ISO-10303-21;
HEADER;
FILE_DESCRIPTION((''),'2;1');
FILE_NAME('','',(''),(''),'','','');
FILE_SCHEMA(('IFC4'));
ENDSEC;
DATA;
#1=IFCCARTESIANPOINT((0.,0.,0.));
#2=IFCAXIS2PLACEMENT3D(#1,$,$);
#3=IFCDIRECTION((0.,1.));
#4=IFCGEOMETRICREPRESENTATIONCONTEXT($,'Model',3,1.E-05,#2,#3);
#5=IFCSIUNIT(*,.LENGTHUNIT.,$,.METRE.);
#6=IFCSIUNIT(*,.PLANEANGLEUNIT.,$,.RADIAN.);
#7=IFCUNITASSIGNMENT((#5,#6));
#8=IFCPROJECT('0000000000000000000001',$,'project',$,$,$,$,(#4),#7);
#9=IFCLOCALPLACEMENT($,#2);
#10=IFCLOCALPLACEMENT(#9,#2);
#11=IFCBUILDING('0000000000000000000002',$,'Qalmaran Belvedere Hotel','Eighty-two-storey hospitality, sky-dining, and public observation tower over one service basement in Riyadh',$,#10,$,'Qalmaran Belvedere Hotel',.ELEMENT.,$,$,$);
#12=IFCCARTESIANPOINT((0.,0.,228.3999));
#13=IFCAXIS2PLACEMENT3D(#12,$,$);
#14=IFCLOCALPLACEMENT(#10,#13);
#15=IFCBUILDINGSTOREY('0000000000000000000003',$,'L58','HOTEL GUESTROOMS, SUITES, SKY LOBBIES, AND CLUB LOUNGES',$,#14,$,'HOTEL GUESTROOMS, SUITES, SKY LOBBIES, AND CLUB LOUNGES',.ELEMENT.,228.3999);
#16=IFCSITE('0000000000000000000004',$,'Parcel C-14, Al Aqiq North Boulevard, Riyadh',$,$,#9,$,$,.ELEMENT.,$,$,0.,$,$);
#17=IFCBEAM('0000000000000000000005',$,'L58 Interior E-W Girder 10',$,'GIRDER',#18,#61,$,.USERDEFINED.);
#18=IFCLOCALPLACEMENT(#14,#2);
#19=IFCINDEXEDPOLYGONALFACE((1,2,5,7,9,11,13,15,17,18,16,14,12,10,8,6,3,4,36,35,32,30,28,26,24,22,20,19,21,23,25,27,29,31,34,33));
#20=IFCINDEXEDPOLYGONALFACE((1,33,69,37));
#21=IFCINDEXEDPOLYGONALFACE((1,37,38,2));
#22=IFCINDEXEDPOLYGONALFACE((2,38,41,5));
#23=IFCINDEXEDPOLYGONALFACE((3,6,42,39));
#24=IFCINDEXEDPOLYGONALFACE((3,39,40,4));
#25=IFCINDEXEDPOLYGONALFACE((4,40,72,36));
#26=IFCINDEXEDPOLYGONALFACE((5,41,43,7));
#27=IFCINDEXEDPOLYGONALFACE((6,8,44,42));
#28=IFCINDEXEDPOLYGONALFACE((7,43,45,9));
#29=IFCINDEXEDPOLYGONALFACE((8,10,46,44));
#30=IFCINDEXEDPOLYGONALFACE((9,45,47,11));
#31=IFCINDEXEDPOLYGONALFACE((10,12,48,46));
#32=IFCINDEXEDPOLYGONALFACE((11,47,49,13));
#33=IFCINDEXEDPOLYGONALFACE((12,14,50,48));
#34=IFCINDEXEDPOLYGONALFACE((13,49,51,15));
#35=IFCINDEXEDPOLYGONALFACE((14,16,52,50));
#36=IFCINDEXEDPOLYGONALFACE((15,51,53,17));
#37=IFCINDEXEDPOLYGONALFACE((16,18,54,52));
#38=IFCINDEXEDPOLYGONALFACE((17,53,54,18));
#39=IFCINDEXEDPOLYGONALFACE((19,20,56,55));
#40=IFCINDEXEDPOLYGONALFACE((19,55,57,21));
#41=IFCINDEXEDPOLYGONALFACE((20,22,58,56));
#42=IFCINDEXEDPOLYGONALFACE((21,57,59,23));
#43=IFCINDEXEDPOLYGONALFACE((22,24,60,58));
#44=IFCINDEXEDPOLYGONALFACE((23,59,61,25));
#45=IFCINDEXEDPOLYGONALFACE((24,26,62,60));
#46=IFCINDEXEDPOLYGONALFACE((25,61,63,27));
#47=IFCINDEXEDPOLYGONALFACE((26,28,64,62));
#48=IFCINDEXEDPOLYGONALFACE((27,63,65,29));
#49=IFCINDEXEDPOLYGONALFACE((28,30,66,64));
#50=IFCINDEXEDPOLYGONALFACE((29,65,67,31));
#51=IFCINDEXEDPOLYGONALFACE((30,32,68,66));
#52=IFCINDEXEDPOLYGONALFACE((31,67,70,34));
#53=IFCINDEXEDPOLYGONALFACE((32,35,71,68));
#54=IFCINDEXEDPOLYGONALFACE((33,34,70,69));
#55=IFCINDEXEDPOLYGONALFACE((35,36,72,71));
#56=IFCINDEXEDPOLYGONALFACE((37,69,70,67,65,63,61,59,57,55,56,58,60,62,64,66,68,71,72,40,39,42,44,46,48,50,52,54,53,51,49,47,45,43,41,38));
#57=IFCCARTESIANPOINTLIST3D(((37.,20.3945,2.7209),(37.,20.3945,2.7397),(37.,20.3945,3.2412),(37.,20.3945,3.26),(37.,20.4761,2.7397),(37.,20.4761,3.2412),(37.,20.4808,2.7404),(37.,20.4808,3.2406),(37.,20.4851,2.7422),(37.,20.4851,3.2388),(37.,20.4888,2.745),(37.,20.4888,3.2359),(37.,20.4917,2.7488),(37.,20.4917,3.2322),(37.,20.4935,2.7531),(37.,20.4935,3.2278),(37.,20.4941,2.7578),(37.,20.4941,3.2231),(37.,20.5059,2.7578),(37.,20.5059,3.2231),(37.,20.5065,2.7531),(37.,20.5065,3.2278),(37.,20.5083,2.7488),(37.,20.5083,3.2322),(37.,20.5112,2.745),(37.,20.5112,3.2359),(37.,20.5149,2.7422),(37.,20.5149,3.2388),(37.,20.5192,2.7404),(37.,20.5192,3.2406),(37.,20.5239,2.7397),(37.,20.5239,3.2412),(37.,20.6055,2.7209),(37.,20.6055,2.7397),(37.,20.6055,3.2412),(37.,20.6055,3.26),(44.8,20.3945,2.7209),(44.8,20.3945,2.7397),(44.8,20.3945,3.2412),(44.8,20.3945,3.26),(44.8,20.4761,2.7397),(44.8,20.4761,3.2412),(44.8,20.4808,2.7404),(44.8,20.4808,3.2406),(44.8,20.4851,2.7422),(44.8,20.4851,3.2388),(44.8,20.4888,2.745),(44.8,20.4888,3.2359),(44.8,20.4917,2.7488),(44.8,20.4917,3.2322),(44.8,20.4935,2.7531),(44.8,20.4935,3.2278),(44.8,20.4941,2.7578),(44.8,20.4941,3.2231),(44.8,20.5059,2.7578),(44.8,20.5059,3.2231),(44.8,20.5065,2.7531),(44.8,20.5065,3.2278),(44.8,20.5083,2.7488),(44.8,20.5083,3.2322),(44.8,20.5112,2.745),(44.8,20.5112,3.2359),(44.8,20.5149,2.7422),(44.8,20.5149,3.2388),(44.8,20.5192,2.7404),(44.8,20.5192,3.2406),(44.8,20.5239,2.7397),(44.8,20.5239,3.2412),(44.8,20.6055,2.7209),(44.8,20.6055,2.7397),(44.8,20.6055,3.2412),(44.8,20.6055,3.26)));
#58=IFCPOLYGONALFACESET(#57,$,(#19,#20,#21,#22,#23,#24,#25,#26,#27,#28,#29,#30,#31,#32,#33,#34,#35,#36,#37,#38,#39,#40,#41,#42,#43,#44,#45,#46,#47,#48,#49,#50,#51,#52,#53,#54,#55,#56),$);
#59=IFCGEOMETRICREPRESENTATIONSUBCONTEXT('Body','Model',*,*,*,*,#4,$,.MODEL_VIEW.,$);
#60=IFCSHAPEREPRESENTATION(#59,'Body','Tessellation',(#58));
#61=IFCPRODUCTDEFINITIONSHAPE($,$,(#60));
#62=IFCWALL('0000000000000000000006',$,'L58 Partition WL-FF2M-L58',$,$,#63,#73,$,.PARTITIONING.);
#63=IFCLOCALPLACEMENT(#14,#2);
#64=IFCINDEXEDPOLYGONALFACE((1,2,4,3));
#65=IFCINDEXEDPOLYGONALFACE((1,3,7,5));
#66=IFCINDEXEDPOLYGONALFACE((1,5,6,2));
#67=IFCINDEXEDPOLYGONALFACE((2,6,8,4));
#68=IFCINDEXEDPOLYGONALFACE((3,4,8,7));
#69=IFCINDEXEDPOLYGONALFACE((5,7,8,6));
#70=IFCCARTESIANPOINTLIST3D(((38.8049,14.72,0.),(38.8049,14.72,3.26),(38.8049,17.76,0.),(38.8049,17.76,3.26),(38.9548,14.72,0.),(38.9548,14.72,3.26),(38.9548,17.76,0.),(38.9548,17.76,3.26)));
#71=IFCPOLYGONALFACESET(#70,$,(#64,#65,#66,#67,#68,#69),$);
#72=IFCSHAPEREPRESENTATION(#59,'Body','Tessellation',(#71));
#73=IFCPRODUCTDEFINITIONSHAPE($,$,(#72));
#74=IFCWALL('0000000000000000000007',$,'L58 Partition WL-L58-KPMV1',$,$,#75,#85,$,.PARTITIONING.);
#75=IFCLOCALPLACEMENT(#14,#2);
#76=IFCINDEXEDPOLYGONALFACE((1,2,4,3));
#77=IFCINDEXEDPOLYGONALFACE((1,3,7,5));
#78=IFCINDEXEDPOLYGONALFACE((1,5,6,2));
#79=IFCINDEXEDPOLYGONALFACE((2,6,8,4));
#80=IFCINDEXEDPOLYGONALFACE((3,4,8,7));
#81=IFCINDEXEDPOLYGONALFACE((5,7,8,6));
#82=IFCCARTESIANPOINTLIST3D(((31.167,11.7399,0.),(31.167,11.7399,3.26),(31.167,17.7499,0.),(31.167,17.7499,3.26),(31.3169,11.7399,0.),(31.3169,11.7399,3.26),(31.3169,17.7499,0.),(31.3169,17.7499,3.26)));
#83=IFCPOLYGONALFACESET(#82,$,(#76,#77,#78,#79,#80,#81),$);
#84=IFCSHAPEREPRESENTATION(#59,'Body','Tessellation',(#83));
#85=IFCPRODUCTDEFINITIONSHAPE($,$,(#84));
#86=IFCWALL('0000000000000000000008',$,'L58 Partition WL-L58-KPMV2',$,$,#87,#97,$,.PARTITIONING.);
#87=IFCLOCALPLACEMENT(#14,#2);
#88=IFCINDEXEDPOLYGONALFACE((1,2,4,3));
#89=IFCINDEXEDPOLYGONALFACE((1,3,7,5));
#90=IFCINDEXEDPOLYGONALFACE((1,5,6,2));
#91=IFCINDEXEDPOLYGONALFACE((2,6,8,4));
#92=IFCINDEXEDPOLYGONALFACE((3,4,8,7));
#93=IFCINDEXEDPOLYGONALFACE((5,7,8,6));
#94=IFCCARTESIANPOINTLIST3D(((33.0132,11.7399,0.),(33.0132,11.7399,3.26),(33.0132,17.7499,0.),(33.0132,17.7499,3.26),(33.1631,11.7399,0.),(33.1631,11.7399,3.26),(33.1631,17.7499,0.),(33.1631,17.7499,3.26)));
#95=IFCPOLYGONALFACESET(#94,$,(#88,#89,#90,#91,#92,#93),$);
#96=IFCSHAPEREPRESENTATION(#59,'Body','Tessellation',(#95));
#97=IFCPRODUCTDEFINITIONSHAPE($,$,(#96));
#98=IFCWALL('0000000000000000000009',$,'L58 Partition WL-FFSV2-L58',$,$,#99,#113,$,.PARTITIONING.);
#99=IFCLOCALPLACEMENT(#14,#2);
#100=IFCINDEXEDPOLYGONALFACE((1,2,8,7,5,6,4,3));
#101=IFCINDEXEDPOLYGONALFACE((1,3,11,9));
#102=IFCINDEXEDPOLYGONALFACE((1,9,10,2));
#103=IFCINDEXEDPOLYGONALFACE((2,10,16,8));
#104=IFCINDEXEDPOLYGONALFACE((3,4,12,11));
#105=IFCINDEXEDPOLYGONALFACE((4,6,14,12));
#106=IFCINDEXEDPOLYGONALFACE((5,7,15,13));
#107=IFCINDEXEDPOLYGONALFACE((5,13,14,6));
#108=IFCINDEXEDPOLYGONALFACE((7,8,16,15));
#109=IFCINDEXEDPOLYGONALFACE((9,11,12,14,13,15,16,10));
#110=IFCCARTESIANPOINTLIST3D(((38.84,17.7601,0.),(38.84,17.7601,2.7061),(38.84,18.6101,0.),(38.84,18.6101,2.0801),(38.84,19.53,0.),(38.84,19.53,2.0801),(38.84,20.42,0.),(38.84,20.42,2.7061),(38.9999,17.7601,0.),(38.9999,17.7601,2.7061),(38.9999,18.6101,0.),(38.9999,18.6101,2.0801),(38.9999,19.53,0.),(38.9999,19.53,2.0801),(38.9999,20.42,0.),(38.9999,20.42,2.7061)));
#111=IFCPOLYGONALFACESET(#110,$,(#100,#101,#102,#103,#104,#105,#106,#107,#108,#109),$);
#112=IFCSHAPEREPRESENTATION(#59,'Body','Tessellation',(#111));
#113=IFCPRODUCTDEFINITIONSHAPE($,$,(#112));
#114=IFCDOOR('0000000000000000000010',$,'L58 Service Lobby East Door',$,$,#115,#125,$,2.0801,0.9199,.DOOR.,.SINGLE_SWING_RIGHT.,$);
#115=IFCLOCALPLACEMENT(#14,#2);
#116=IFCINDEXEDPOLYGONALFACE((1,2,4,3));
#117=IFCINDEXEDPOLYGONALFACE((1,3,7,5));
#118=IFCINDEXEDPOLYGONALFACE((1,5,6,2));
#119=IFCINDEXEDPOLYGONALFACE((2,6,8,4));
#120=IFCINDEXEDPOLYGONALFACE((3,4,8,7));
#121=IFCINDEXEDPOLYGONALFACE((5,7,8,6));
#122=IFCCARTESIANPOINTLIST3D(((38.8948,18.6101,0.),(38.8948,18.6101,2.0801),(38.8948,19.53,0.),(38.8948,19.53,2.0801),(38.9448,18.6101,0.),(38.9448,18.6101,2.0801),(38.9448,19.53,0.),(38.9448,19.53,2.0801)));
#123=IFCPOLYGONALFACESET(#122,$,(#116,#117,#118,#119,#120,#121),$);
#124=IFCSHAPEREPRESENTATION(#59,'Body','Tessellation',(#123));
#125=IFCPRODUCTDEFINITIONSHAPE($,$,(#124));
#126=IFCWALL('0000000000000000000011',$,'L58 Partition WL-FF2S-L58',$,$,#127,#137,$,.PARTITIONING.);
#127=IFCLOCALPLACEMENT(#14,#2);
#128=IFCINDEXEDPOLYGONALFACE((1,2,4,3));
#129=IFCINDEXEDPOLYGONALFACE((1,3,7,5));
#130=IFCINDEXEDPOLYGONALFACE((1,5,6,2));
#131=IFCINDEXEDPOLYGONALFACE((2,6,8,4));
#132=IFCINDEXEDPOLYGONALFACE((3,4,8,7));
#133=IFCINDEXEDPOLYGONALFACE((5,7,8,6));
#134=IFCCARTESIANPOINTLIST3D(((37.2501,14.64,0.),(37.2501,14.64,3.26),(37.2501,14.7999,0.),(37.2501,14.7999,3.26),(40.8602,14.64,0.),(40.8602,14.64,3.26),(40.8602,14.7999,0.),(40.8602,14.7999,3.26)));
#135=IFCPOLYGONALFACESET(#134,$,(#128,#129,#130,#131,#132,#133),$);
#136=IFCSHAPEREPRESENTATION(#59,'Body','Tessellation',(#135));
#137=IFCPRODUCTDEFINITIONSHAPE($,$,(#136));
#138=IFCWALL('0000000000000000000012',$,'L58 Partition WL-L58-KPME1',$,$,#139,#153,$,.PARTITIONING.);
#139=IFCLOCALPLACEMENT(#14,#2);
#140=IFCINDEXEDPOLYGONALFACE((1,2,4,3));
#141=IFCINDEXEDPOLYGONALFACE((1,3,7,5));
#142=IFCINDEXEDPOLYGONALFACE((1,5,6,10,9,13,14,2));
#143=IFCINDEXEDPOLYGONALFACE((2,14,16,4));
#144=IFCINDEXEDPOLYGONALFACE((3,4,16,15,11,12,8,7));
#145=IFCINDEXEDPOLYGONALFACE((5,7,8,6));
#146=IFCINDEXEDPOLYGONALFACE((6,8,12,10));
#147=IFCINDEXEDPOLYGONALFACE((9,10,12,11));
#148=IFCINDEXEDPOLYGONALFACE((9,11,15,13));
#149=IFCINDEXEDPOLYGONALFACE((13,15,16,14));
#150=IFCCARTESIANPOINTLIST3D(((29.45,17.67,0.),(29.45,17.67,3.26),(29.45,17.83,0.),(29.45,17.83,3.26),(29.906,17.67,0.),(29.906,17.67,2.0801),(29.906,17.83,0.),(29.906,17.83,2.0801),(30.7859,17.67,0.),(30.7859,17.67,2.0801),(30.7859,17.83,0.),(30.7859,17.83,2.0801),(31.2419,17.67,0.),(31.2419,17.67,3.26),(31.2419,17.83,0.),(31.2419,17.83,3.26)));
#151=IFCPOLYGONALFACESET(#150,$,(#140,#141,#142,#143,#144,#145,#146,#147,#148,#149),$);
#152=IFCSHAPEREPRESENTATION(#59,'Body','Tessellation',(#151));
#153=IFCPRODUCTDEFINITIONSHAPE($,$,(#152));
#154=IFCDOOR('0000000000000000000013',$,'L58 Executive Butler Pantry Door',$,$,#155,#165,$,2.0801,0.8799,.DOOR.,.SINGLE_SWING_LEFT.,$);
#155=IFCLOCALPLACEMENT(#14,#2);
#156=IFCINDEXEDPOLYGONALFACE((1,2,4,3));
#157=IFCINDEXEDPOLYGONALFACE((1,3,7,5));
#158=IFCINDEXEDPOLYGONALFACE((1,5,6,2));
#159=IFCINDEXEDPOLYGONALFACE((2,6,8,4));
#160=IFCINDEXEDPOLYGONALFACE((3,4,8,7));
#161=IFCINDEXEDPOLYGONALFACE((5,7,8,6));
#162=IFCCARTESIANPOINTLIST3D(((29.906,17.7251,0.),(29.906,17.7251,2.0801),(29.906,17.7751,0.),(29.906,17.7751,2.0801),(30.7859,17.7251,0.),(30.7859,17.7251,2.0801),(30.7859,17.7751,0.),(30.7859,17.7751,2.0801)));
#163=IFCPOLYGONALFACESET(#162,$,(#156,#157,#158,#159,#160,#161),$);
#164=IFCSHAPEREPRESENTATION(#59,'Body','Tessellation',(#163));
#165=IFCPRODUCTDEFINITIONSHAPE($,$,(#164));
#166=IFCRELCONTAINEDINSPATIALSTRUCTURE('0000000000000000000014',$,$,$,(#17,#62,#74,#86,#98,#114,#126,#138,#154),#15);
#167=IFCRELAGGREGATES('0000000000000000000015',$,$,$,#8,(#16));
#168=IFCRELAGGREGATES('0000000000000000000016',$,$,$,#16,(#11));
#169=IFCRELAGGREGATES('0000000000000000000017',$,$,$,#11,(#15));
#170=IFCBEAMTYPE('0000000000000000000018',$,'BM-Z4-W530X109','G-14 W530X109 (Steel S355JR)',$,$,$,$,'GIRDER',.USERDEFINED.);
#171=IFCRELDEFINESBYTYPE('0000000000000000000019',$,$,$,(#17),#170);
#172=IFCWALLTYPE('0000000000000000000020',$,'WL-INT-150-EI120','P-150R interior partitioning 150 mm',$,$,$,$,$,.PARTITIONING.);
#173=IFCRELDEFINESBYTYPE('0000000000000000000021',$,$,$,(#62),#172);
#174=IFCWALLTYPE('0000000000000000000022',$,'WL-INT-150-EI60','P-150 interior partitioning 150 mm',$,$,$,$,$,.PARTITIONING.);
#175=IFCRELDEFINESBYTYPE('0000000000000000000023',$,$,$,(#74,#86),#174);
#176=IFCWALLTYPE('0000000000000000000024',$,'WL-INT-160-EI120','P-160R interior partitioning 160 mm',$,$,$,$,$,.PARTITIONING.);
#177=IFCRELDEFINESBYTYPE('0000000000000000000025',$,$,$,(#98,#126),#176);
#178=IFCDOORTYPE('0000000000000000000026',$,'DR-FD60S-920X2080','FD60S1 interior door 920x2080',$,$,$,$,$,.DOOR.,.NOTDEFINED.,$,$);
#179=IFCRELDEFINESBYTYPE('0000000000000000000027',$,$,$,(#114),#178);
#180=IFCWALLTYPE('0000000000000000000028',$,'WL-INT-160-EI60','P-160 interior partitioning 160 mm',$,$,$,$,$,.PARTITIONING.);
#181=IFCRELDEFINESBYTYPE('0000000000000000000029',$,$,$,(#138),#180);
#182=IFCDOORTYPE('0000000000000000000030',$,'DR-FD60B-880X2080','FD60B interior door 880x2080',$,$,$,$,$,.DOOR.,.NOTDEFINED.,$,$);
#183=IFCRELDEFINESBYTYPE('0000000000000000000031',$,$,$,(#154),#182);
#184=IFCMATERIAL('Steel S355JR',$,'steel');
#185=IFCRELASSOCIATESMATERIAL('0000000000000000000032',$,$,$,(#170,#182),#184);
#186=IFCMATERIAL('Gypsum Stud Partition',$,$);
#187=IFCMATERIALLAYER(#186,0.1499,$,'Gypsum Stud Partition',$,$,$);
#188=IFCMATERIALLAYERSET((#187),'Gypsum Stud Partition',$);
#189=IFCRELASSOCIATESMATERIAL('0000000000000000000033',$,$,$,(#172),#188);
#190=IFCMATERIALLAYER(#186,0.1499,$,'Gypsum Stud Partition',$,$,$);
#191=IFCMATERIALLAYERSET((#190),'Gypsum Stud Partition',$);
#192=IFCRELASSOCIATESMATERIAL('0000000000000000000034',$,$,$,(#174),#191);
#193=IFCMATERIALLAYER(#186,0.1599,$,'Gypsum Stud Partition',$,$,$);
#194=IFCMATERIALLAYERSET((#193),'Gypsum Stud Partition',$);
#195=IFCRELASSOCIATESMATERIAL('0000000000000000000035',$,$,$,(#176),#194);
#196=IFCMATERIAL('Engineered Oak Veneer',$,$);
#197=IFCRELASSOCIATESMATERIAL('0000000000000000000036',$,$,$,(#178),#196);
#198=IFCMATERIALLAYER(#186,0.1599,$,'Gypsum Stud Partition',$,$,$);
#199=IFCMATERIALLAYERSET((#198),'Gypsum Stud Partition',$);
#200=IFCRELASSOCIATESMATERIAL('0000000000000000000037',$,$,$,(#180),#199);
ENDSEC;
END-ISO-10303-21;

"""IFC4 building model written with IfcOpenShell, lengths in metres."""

from ifc_helpers import new_model, si_unit, direction, frame, frame_2d, origin, origin_2d, place, context, subcontext, project, spatial, rectangle, i_section, extrude, material, layer, layer_set, material_profile, profile_set, type_object, element, fill, save


model = new_model("IFC4")

# Units and contexts
model_context = context("Model", 3, precision=1e-05, world=origin(), true_north=direction((0.0, 1.0)))
body_context = subcontext(model_context, "Body", "Model", "MODEL_VIEW")
ifc_project = project(units=[si_unit("LENGTHUNIT", "METRE"), si_unit("PLANEANGLEUNIT", "RADIAN")], contexts=[model_context])

# Site, building, storey
site_placement = place(None, origin())
site = spatial("IfcSite", under=ifc_project, at=site_placement, Name="Parcel C-14, Al Aqiq North Boulevard, Riyadh", CompositionType="ELEMENT", RefElevation=0.0)
building_placement = place(site_placement, origin())
building = spatial("IfcBuilding", under=site, at=building_placement, Name="Qalmaran Belvedere Hotel", Description="Eighty-two-storey hospitality, sky-dining, and public observation tower over one service basement in Riyadh", LongName="Qalmaran Belvedere Hotel", CompositionType="ELEMENT")
storey_placement = place(building_placement, frame((0.0, 0.0, 228.3999)))
storey = spatial("IfcBuildingStorey", under=building, at=storey_placement, Name="L58", Description="HOTEL GUESTROOMS, SUITES, SKY LOBBIES, AND CLUB LOUNGES", LongName="HOTEL GUESTROOMS, SUITES, SKY LOBBIES, AND CLUB LOUNGES", CompositionType="ELEMENT", Elevation=228.3999)

# Beam
ifc_material_1 = material(Name="Steel S355JR", Category="steel")
ifc_material_profile_1 = material_profile(ifc_material_1, i_section(OverallWidth=0.2109, OverallDepth=0.5391, WebThickness=0.0117, FlangeThickness=0.0188, FilletRadius=0.0181, at=origin_2d()), Name="W530X109")
ifc_profile_set_1 = profile_set([ifc_material_profile_1], Name="Steel S355JR")
beam_type_1 = type_object("IfcBeamType", Name="BM-Z4-W530X109", Description="G-14 W530X109 (Steel S355JR)", ElementType="GIRDER", PredefinedType="USERDEFINED", material=ifc_profile_set_1)
for number, where, z_axis, x_axis, name in (
    (1, (37.0, 20.5, 2.9905), (1.0, 0.0, 0.0), (0.0, 1.0, 0.0), "L58 Interior E-W Girder 10"),
):
    element("IfcBeam", number, at=place(storey_placement, frame(where, z_axis=z_axis, x_axis=x_axis)), inside=storey, type_object=beam_type_1, Name=name, ObjectType="GIRDER", PredefinedType="USERDEFINED", context=body_context, shape_type="SweptSolid", body=[
        extrude(i_section(OverallWidth=0.2109, OverallDepth=0.5391, WebThickness=0.0117, FlangeThickness=0.0188, FilletRadius=0.0181, at=origin_2d()), origin(), (0.0, 0.0, 1.0), 7.8),
    ])

# Walls
ifc_material_2 = material(Name="Gypsum Stud Partition")
ifc_layer_1 = layer(ifc_material_2, 0.1499, Name="Gypsum Stud Partition")
ifc_layer_set_1 = layer_set([ifc_layer_1], Name="Gypsum Stud Partition")
wall_type_1 = type_object("IfcWallType", Name="WL-INT-150-EI120", Description="P-150R interior partitioning 150 mm", PredefinedType="PARTITIONING", material=ifc_layer_set_1)
wall_1_placement = place(storey_placement, frame((38.8799, 14.72, 0.0), z_axis=(0.0, 0.0, 1.0), x_axis=(0.0, 1.0, 0.0)))
element("IfcWall", 2, at=wall_1_placement, inside=storey, type_object=wall_type_1, Name="L58 Partition WL-FF2M-L58", PredefinedType="PARTITIONING", context=body_context, shape_type="SweptSolid", body=[
    extrude(rectangle(XDim=3.04, YDim=0.1499, at=frame_2d((1.52, 0.0))), origin(), (0.0, 0.0, 1.0), 3.26),
])
ifc_layer_2 = layer(ifc_material_2, 0.1499, Name="Gypsum Stud Partition")
ifc_layer_set_2 = layer_set([ifc_layer_2], Name="Gypsum Stud Partition")
wall_type_2 = type_object("IfcWallType", Name="WL-INT-150-EI60", Description="P-150 interior partitioning 150 mm", PredefinedType="PARTITIONING", material=ifc_layer_set_2)
for number, where, z_axis, x_axis, name in (
    (3, (31.2419, 11.74, 0.0), (0.0, 0.0, 1.0), (0.0, 1.0, 0.0), "L58 Partition WL-L58-KPMV1"),
    (4, (33.0881, 11.74, 0.0), (0.0, 0.0, 1.0), (0.0, 1.0, 0.0), "L58 Partition WL-L58-KPMV2"),
):
    element("IfcWall", number, at=place(storey_placement, frame(where, z_axis=z_axis, x_axis=x_axis)), inside=storey, type_object=wall_type_2, Name=name, PredefinedType="PARTITIONING", context=body_context, shape_type="SweptSolid", body=[
        extrude(rectangle(XDim=6.01, YDim=0.1499, at=frame_2d((3.0049, 0.0))), origin(), (0.0, 0.0, 1.0), 3.26),
    ])

# Wall, opening, door
ifc_layer_3 = layer(ifc_material_2, 0.1599, Name="Gypsum Stud Partition")
ifc_layer_set_3 = layer_set([ifc_layer_3], Name="Gypsum Stud Partition")
wall_type_3 = type_object("IfcWallType", Name="WL-INT-160-EI120", Description="P-160R interior partitioning 160 mm", PredefinedType="PARTITIONING", material=ifc_layer_set_3)
wall_2_placement = place(storey_placement, frame((38.9199, 17.76, 0.0), z_axis=(0.0, 0.0, 1.0), x_axis=(0.0, 1.0, 0.0)))
wall_2 = element("IfcWall", 5, at=wall_2_placement, inside=storey, type_object=wall_type_3, Name="L58 Partition WL-FFSV2-L58", PredefinedType="PARTITIONING", context=body_context, shape_type="SweptSolid", body=[
    extrude(rectangle(XDim=2.6599, YDim=0.1599, at=frame_2d((1.3301, 0.0))), origin(), (0.0, 0.0, 1.0), 2.7061),
])
opening_1_placement = place(wall_2_placement, frame((1.77, 0.0, 0.0), z_axis=(0.0, 0.0, 1.0), x_axis=(-1.0, 0.0, 0.0)))
opening_1 = element("IfcOpeningElement", 6, at=opening_1_placement, cuts=wall_2, PredefinedType="OPENING", context=body_context, shape_type="SweptSolid", body=[
    extrude(rectangle(XDim=0.9199, YDim=2.0801, at=frame_2d((0.46, 1.04))), frame((0.0, 0.0898, 0.0), z_axis=(0.0, -1.0, 0.0), x_axis=(1.0, 0.0, 0.0)), (0.0, 0.0, 1.0), 0.1799),
])
ifc_material_3 = material(Name="Engineered Oak Veneer")
door_type_1 = type_object("IfcDoorType", Name="DR-FD60S-920X2080", Description="FD60S1 interior door 920x2080", OperationType="NOTDEFINED", PredefinedType="DOOR", material=ifc_material_3)
door_1_placement = place(opening_1_placement, origin())
door_1 = element("IfcDoor", 7, at=door_1_placement, inside=storey, type_object=door_type_1, Name="L58 Service Lobby East Door", OperationType="SINGLE_SWING_RIGHT", OverallHeight=2.0801, OverallWidth=0.9199, PredefinedType="DOOR", context=body_context, shape_type="SweptSolid", body=[
    extrude(rectangle(XDim=0.9199, YDim=2.0801, at=frame_2d((0.46, 1.04))), frame((0.0, 0.0249, 0.0), z_axis=(0.0, -1.0, 0.0), x_axis=(1.0, 0.0, 0.0)), (0.0, 0.0, 1.0), 0.05),
])
fill(opening_1, door_1)

# Wall
wall_3_placement = place(storey_placement, frame((37.25, 14.72, 0.0), z_axis=(0.0, 0.0, 1.0), x_axis=(1.0, 0.0, 0.0)))
element("IfcWall", 8, at=wall_3_placement, inside=storey, type_object=wall_type_3, Name="L58 Partition WL-FF2S-L58", PredefinedType="PARTITIONING", context=body_context, shape_type="SweptSolid", body=[
    extrude(rectangle(XDim=3.6101, YDim=0.1599, at=frame_2d((1.8052, 0.0))), origin(), (0.0, 0.0, 1.0), 3.26),
])

# Wall, opening, door
ifc_layer_4 = layer(ifc_material_2, 0.1599, Name="Gypsum Stud Partition")
ifc_layer_set_4 = layer_set([ifc_layer_4], Name="Gypsum Stud Partition")
wall_type_4 = type_object("IfcWallType", Name="WL-INT-160-EI60", Description="P-160 interior partitioning 160 mm", PredefinedType="PARTITIONING", material=ifc_layer_set_4)
wall_4_placement = place(storey_placement, frame((29.45, 17.75, 0.0), z_axis=(0.0, 0.0, 1.0), x_axis=(1.0, 0.0, 0.0)))
wall_4 = element("IfcWall", 9, at=wall_4_placement, inside=storey, type_object=wall_type_4, Name="L58 Partition WL-L58-KPME1", PredefinedType="PARTITIONING", context=body_context, shape_type="SweptSolid", body=[
    extrude(rectangle(XDim=1.792, YDim=0.1599, at=frame_2d((0.896, 0.0))), origin(), (0.0, 0.0, 1.0), 3.26),
])
opening_2_placement = place(wall_4_placement, frame((1.3359, 0.0, 0.0), z_axis=(0.0, 0.0, 1.0), x_axis=(-1.0, 0.0, 0.0)))
opening_2 = element("IfcOpeningElement", 10, at=opening_2_placement, cuts=wall_4, PredefinedType="OPENING", context=body_context, shape_type="SweptSolid", body=[
    extrude(rectangle(XDim=0.8799, YDim=2.0801, at=frame_2d((0.4399, 1.04))), frame((0.0, 0.0898, 0.0), z_axis=(0.0, -1.0, 0.0), x_axis=(1.0, 0.0, 0.0)), (0.0, 0.0, 1.0), 0.1799),
])
door_type_2 = type_object("IfcDoorType", Name="DR-FD60B-880X2080", Description="FD60B interior door 880x2080", OperationType="NOTDEFINED", PredefinedType="DOOR", material=ifc_material_1)
door_2_placement = place(opening_2_placement, origin())
door_2 = element("IfcDoor", 11, at=door_2_placement, inside=storey, type_object=door_type_2, Name="L58 Executive Butler Pantry Door", OperationType="SINGLE_SWING_LEFT", OverallHeight=2.0801, OverallWidth=0.8799, PredefinedType="DOOR", context=body_context, shape_type="SweptSolid", body=[
    extrude(rectangle(XDim=0.8799, YDim=2.0801, at=frame_2d((0.4399, 1.04))), frame((0.0, 0.0249, 0.0), z_axis=(0.0, -1.0, 0.0), x_axis=(1.0, 0.0, 0.0)), (0.0, 0.0, 1.0), 0.05),
])
fill(opening_2, door_2)

save(model, "model.ifc")
